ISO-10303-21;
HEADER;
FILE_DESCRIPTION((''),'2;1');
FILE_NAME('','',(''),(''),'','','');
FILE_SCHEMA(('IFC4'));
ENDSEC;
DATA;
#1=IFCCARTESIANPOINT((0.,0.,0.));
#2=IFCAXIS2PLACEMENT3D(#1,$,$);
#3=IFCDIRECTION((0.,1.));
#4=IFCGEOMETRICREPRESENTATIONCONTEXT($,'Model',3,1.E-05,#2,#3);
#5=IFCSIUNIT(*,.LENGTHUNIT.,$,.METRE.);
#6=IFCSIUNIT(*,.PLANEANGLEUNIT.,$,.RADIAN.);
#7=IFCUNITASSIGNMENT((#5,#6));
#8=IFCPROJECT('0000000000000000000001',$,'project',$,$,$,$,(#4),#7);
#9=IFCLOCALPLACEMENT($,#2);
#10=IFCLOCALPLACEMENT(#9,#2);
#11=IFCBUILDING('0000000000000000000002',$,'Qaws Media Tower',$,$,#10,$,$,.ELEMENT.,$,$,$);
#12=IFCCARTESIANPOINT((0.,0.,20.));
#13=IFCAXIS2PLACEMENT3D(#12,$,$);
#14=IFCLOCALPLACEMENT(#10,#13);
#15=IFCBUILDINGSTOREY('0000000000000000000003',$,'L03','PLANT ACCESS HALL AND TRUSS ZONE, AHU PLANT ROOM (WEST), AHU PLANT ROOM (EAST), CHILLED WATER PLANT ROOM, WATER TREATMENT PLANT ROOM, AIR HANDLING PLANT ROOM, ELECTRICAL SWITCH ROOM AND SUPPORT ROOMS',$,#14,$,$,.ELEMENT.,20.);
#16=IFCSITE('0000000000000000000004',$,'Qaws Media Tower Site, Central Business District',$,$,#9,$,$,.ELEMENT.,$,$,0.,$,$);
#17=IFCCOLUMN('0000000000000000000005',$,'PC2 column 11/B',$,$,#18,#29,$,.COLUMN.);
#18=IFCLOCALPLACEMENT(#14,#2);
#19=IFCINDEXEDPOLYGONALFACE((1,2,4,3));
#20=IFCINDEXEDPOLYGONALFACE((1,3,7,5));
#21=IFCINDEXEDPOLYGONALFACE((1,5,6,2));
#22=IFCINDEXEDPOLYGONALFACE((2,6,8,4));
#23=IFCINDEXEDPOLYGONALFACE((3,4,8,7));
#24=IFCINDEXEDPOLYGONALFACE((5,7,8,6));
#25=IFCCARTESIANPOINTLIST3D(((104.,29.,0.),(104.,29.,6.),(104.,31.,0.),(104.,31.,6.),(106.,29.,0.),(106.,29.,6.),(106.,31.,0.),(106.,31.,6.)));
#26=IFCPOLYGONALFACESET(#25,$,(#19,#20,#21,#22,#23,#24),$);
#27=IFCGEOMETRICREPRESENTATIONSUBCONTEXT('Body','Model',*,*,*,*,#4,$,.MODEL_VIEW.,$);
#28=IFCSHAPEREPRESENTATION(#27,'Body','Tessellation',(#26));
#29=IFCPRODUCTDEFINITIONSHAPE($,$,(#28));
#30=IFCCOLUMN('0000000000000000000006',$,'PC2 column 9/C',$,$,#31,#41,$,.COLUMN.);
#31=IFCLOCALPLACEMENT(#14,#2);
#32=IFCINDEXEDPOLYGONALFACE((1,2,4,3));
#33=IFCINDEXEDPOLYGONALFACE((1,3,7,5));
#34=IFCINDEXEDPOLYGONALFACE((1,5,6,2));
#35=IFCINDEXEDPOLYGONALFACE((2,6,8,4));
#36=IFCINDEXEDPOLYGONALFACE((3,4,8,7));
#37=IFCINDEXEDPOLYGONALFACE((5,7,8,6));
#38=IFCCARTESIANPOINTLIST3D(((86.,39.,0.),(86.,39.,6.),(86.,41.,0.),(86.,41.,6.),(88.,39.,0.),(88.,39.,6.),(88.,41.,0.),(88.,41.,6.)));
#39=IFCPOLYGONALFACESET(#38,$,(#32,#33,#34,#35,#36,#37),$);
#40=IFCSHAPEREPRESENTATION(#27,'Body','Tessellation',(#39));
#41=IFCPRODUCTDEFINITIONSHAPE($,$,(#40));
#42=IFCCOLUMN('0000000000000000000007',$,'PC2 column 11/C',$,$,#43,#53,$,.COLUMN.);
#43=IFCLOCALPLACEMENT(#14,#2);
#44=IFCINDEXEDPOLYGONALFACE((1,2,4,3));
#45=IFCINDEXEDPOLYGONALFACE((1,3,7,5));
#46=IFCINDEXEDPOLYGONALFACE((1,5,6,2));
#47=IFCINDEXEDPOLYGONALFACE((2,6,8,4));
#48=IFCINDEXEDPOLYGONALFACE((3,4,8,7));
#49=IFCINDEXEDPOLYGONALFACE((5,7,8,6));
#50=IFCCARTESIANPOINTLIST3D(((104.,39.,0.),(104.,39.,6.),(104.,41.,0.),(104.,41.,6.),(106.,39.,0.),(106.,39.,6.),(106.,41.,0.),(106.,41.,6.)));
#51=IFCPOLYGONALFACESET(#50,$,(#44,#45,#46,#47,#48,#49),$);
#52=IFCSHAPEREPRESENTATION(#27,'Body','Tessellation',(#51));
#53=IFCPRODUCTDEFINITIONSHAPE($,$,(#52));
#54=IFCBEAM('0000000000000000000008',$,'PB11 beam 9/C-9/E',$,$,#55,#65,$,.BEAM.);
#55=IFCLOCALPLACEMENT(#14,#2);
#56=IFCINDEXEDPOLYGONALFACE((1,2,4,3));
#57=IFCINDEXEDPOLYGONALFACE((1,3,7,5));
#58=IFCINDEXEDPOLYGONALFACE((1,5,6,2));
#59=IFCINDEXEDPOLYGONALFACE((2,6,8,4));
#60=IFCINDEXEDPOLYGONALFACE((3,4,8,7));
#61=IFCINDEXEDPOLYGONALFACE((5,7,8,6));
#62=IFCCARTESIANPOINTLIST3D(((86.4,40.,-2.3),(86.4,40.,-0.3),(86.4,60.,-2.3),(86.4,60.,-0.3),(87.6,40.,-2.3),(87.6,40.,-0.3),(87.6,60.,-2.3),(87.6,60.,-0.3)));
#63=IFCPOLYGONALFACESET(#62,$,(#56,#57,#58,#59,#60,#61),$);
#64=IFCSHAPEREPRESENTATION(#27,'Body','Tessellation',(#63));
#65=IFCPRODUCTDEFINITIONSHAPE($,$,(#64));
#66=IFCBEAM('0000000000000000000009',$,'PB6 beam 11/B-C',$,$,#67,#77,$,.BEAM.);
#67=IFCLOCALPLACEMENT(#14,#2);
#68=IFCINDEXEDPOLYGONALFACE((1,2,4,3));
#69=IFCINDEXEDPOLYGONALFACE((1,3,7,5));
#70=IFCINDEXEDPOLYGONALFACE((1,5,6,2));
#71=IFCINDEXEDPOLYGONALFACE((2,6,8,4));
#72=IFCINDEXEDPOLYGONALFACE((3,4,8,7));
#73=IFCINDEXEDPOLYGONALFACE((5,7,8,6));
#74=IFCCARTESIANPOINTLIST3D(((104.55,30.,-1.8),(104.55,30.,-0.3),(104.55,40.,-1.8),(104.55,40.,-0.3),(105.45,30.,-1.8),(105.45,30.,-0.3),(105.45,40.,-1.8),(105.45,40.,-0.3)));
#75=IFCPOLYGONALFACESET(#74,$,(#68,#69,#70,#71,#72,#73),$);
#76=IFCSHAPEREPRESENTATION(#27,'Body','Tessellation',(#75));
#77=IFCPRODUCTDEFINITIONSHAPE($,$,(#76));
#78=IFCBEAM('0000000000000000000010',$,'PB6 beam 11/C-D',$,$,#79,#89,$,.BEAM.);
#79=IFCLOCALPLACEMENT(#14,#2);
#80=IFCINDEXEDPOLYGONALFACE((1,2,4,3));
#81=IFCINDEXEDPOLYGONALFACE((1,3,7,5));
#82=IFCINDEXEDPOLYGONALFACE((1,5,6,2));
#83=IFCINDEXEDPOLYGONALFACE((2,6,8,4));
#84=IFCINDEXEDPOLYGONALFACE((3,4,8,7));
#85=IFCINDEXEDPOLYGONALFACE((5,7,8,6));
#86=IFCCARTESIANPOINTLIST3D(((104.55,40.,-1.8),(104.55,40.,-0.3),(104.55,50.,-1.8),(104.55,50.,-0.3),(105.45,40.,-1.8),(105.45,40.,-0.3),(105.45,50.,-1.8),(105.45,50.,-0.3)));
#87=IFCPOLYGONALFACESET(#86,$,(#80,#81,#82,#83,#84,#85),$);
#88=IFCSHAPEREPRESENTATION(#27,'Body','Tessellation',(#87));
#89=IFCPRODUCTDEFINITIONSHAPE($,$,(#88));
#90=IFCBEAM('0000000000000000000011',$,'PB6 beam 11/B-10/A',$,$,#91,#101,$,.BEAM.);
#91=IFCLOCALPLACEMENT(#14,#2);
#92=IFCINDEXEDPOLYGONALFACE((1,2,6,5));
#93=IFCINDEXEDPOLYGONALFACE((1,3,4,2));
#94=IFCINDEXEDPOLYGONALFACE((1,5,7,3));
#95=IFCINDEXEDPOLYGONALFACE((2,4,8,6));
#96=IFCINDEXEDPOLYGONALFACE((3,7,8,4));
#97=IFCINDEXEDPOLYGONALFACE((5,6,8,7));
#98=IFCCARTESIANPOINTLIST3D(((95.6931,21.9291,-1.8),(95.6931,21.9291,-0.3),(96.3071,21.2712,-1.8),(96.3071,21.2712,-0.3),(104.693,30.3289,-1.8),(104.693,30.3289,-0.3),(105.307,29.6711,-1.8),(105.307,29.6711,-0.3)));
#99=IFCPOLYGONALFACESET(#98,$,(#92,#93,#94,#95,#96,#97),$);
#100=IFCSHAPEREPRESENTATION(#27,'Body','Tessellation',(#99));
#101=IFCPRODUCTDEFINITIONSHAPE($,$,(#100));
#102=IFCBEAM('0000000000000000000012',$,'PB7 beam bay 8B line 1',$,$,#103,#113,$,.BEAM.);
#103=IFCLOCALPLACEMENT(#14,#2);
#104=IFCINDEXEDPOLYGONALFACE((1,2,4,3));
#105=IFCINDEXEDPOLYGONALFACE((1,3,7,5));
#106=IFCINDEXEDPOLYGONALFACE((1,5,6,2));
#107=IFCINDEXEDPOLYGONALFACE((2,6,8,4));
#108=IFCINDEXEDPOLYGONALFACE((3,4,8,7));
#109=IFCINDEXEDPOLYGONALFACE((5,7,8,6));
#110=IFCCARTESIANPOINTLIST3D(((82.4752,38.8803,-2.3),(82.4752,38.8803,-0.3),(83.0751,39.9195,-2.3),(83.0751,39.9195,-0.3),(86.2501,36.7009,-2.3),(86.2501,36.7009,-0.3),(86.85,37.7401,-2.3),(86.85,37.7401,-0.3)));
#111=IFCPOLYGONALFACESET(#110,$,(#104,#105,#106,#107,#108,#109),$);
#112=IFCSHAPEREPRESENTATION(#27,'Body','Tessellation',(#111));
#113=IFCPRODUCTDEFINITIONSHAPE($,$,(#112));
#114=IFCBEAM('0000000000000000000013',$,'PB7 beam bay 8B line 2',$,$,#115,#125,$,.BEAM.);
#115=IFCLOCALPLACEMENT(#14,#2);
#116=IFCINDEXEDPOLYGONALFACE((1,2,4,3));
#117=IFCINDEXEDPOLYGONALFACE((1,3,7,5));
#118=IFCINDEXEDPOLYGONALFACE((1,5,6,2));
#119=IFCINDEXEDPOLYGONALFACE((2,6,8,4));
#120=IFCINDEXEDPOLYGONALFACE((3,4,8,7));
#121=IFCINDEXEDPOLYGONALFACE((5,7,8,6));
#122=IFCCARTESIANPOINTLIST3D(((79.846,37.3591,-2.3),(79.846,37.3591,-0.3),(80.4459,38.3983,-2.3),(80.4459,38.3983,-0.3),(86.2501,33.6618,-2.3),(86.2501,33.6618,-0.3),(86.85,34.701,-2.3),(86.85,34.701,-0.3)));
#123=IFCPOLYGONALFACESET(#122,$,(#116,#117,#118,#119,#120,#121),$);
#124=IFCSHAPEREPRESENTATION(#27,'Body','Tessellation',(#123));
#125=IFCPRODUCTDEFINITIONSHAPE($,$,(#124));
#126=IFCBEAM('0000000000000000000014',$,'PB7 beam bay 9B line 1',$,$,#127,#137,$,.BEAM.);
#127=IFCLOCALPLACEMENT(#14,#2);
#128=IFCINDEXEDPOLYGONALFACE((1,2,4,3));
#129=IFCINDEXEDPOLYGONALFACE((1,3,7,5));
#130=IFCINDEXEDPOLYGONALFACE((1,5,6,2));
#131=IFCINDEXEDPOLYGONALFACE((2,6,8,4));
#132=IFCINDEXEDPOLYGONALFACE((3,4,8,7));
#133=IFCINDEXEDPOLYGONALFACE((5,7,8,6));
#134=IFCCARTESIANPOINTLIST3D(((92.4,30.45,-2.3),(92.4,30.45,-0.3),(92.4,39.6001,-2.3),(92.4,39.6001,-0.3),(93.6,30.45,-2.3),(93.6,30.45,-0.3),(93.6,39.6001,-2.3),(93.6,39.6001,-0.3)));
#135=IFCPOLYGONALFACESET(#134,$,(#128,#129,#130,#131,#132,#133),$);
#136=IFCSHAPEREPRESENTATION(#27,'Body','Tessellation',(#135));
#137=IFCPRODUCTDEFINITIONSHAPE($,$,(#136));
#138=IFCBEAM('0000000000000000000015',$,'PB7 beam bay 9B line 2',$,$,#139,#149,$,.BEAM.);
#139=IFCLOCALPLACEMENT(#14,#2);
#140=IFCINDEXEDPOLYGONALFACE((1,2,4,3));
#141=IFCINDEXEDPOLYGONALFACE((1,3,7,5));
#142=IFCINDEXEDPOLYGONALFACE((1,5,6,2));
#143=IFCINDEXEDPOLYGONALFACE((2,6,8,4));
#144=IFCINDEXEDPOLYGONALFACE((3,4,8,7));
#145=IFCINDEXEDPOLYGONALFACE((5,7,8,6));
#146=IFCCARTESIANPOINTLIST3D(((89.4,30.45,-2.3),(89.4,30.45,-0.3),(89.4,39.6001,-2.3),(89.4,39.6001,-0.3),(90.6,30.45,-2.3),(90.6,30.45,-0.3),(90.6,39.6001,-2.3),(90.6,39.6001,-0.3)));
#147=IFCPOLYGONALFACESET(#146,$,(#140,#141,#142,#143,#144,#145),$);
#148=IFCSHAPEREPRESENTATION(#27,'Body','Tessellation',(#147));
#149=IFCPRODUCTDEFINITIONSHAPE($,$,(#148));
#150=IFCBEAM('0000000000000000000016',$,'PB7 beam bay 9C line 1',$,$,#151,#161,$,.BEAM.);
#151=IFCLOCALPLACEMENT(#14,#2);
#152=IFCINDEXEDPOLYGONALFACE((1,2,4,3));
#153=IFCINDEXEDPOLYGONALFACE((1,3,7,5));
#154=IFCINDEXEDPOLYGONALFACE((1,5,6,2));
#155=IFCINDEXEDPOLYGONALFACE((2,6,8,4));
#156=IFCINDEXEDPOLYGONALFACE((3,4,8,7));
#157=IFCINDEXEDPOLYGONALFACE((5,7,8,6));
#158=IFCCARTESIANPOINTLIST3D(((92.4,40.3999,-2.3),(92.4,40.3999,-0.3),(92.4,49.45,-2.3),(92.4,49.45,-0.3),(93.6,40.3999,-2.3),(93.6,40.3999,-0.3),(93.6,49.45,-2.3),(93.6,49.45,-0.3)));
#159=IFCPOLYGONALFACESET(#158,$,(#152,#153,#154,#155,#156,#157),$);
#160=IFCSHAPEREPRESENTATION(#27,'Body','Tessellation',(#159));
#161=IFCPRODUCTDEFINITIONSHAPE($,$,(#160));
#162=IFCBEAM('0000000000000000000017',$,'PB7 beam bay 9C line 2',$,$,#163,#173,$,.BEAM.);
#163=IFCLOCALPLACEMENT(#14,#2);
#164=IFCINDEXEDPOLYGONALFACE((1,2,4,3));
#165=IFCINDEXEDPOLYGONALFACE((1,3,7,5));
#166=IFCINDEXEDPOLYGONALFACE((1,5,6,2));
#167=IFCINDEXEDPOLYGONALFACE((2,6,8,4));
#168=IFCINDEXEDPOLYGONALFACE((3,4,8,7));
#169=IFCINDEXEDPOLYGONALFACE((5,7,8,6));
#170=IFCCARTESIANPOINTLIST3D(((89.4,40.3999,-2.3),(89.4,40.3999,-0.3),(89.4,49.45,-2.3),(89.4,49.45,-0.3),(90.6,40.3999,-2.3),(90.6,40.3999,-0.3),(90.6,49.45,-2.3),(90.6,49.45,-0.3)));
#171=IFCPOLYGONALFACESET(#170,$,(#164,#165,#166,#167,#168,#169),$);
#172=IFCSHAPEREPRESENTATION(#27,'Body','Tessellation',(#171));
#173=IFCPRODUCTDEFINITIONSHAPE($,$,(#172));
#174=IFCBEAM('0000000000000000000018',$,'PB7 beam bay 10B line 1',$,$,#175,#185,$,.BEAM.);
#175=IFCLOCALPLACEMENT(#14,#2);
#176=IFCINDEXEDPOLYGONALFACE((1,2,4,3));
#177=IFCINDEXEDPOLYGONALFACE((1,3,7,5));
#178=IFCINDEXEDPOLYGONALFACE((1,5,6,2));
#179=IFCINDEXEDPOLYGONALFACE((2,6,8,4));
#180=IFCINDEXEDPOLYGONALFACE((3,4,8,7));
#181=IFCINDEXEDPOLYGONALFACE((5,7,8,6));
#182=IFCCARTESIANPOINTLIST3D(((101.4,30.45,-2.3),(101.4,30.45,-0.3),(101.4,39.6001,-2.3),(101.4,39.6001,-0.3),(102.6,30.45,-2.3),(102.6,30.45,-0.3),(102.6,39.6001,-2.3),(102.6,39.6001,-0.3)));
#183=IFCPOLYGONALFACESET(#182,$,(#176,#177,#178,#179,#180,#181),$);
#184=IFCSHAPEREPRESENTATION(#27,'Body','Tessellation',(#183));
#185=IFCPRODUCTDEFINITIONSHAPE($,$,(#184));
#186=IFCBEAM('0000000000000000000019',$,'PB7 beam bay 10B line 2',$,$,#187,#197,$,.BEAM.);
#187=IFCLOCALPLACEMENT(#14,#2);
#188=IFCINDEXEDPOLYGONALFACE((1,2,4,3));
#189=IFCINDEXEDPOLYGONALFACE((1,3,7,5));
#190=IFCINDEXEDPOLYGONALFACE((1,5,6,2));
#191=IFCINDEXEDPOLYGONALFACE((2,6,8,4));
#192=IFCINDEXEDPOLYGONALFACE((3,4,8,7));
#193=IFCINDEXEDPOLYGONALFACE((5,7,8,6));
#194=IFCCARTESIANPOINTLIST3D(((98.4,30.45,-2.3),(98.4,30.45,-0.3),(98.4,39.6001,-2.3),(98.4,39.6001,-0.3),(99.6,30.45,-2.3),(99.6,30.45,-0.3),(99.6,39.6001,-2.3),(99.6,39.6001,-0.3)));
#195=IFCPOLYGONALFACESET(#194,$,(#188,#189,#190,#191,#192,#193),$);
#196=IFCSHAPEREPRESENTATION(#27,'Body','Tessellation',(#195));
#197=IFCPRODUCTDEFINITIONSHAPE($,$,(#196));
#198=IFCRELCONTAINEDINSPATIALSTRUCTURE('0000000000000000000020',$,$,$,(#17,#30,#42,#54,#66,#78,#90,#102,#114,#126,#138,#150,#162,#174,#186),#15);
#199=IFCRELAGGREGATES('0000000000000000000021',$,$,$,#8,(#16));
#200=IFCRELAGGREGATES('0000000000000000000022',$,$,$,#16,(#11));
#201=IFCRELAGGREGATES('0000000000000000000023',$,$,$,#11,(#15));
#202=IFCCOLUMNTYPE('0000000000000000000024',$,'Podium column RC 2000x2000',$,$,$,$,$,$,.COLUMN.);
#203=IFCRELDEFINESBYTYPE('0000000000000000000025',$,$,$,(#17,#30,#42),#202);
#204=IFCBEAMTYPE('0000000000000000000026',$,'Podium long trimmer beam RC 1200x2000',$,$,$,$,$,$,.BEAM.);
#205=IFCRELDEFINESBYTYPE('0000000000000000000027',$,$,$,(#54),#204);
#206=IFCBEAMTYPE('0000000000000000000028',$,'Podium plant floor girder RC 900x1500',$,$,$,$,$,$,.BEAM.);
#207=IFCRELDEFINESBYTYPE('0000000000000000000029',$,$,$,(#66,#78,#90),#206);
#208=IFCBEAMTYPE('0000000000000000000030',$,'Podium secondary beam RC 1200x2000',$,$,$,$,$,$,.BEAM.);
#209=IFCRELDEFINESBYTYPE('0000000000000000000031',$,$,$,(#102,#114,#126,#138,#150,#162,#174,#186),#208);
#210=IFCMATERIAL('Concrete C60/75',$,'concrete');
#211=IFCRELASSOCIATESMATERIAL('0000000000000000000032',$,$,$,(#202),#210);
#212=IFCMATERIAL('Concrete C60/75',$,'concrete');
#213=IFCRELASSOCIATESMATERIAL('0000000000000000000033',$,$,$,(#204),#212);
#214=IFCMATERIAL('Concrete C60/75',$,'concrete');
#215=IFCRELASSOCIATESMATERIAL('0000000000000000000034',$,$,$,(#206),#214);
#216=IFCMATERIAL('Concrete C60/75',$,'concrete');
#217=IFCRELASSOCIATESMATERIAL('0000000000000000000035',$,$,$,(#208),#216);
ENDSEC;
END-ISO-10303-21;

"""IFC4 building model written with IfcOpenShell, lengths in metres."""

from ifc_helpers import new_model, si_unit, direction, frame, origin, origin_2d, place, context, subcontext, project, spatial, rectangle, extrude, material, material_profile, profile_set, type_object, element, save


model = new_model("IFC4")

# Units and contexts
model_context = context("Model", 3, precision=1e-05, world=origin(), true_north=direction((0.0, 1.0)))
body_context = subcontext(model_context, "Body", "Model", "MODEL_VIEW")
ifc_project = project(units=[si_unit("LENGTHUNIT", "METRE"), si_unit("PLANEANGLEUNIT", "RADIAN")], contexts=[model_context])

# Site, building, storey
site_placement = place(None, origin())
site = spatial("IfcSite", under=ifc_project, at=site_placement, Name="Qaws Media Tower Site, Central Business District", CompositionType="ELEMENT", RefElevation=0.0)
building_placement = place(site_placement, origin())
building = spatial("IfcBuilding", under=site, at=building_placement, Name="Qaws Media Tower", CompositionType="ELEMENT")
storey_placement = place(building_placement, frame((0.0, 0.0, 20.0)))
storey = spatial("IfcBuildingStorey", under=building, at=storey_placement, Name="L03", Description="PLANT ACCESS HALL AND TRUSS ZONE, AHU PLANT ROOM (WEST), AHU PLANT ROOM (EAST), CHILLED WATER PLANT ROOM, WATER TREATMENT PLANT ROOM, AIR HANDLING PLANT ROOM, ELECTRICAL SWITCH ROOM AND SUPPORT ROOMS", CompositionType="ELEMENT", Elevation=20.0)

# Columns
ifc_material_1 = material(Name="Concrete C60/75", Category="concrete")
ifc_material_profile_1 = material_profile(ifc_material_1, rectangle(XDim=2.0, YDim=2.0, at=origin_2d()), Name="RC 2000x2000")
ifc_profile_set_1 = profile_set([ifc_material_profile_1], Name="Concrete C60/75")
column_type = type_object("IfcColumnType", Name="Podium column RC 2000x2000", PredefinedType="COLUMN", material=ifc_profile_set_1)
for number, where, z_axis, x_axis, name in (
    (1, (105.0, 30.0, 0.0), (0.0, 0.0, 1.0), (1.0, 0.0, 0.0), "PC2 column 11/B"),
    (2, (87.0, 40.0, 0.0), (0.0, 0.0, 1.0), (1.0, 0.0, 0.0), "PC2 column 9/C"),
    (3, (105.0, 40.0, 0.0), (0.0, 0.0, 1.0), (1.0, 0.0, 0.0), "PC2 column 11/C"),
):
    element("IfcColumn", number, at=place(storey_placement, frame(where, z_axis=z_axis, x_axis=x_axis)), inside=storey, type_object=column_type, Name=name, PredefinedType="COLUMN", context=body_context, shape_type="SweptSolid", body=[
        extrude(rectangle(XDim=2.0, YDim=2.0, at=origin_2d()), origin(), (0.0, 0.0, 1.0), 6.0),
    ])

# Beams
ifc_material_2 = material(Name="Concrete C60/75", Category="concrete")
ifc_material_profile_2 = material_profile(ifc_material_2, rectangle(XDim=1.2, YDim=2.0, at=origin_2d()), Name="RC 1200x2000")
ifc_profile_set_2 = profile_set([ifc_material_profile_2], Name="Concrete C60/75")
beam_type_1 = type_object("IfcBeamType", Name="Podium long trimmer beam RC 1200x2000", PredefinedType="BEAM", material=ifc_profile_set_2)
beam_1_placement = place(storey_placement, frame((87.0, 40.0, -1.3), z_axis=(0.0, 1.0, 0.0), x_axis=(-1.0, 0.0, 0.0)))
element("IfcBeam", 4, at=beam_1_placement, inside=storey, type_object=beam_type_1, Name="PB11 beam 9/C-9/E", PredefinedType="BEAM", context=body_context, shape_type="SweptSolid", body=[
    extrude(rectangle(XDim=1.2, YDim=2.0, at=origin_2d()), origin(), (0.0, 0.0, 1.0), 20.0),
])
ifc_material_3 = material(Name="Concrete C60/75", Category="concrete")
ifc_material_profile_3 = material_profile(ifc_material_3, rectangle(XDim=0.8999, YDim=1.5, at=origin_2d()), Name="RC 900x1500")
ifc_profile_set_3 = profile_set([ifc_material_profile_3], Name="Concrete C60/75")
beam_type_2 = type_object("IfcBeamType", Name="Podium plant floor girder RC 900x1500", PredefinedType="BEAM", material=ifc_profile_set_3)
for number, where, z_axis, x_axis, name in (
    (5, (105.0, 30.0, -1.05), (0.0, 1.0, 0.0), (-1.0, 0.0, 0.0), "PB6 beam 11/B-C"),
    (6, (105.0, 40.0, -1.05), (0.0, 1.0, 0.0), (-1.0, 0.0, 0.0), "PB6 beam 11/C-D"),
):
    element("IfcBeam", number, at=place(storey_placement, frame(where, z_axis=z_axis, x_axis=x_axis)), inside=storey, type_object=beam_type_2, Name=name, PredefinedType="BEAM", context=body_context, shape_type="SweptSolid", body=[
        extrude(rectangle(XDim=0.8999, YDim=1.5, at=origin_2d()), origin(), (0.0, 0.0, 1.0), 10.0),
    ])
beam_2_placement = place(storey_placement, frame((105.0, 30.0, -1.05), z_axis=(-0.731059, -0.682314, 0.0), x_axis=(0.682314, -0.731059, 0.0)))
element("IfcBeam", 7, at=beam_2_placement, inside=storey, type_object=beam_type_2, Name="PB6 beam 11/B-10/A", PredefinedType="BEAM", context=body_context, shape_type="SweptSolid", body=[
    extrude(rectangle(XDim=0.8999, YDim=1.5, at=origin_2d()), origin(), (0.0, 0.0, 1.0), 12.3108),
])
ifc_material_4 = material(Name="Concrete C60/75", Category="concrete")
ifc_material_profile_4 = material_profile(ifc_material_4, rectangle(XDim=1.2, YDim=2.0, at=origin_2d()), Name="RC 1200x2000")
ifc_profile_set_4 = profile_set([ifc_material_profile_4], Name="Concrete C60/75")
beam_type_3 = type_object("IfcBeamType", Name="Podium secondary beam RC 1200x2000", PredefinedType="BEAM", material=ifc_profile_set_4)
beam_3_placement = place(storey_placement, frame((86.55, 37.2205, -1.3), z_axis=(-0.866025, 0.5, 0.0), x_axis=(-0.5, -0.866025, 0.0)))
element("IfcBeam", 8, at=beam_3_placement, inside=storey, type_object=beam_type_3, Name="PB7 beam bay 8B line 1", PredefinedType="BEAM", context=body_context, shape_type="SweptSolid", body=[
    extrude(rectangle(XDim=1.2, YDim=2.0, at=origin_2d()), origin(), (0.0, 0.0, 1.0), 4.3589),
])
beam_4_placement = place(storey_placement, frame((86.55, 34.1814, -1.3), z_axis=(-0.866032, 0.499988, 0.0), x_axis=(-0.499988, -0.866032, 0.0)))
element("IfcBeam", 9, at=beam_4_placement, inside=storey, type_object=beam_type_3, Name="PB7 beam bay 8B line 2", PredefinedType="BEAM", context=body_context, shape_type="SweptSolid", body=[
    extrude(rectangle(XDim=1.2, YDim=2.0, at=origin_2d()), origin(), (0.0, 0.0, 1.0), 7.3948),
])
for number, where, z_axis, x_axis, name in (
    (10, (93.0, 30.45, -1.3), (0.0, 1.0, 0.0), (-1.0, 0.0, 0.0), "PB7 beam bay 9B line 1"),
    (11, (90.0, 30.45, -1.3), (0.0, 1.0, 0.0), (-1.0, 0.0, 0.0), "PB7 beam bay 9B line 2"),
):
    element("IfcBeam", number, at=place(storey_placement, frame(where, z_axis=z_axis, x_axis=x_axis)), inside=storey, type_object=beam_type_3, Name=name, PredefinedType="BEAM", context=body_context, shape_type="SweptSolid", body=[
        extrude(rectangle(XDim=1.2, YDim=2.0, at=origin_2d()), origin(), (0.0, 0.0, 1.0), 9.1501),
    ])
for number, where, z_axis, x_axis, name in (
    (12, (93.0, 40.3999, -1.3), (0.0, 1.0, 0.0), (-1.0, 0.0, 0.0), "PB7 beam bay 9C line 1"),
    (13, (90.0, 40.3999, -1.3), (0.0, 1.0, 0.0), (-1.0, 0.0, 0.0), "PB7 beam bay 9C line 2"),
):
    element("IfcBeam", number, at=place(storey_placement, frame(where, z_axis=z_axis, x_axis=x_axis)), inside=storey, type_object=beam_type_3, Name=name, PredefinedType="BEAM", context=body_context, shape_type="SweptSolid", body=[
        extrude(rectangle(XDim=1.2, YDim=2.0, at=origin_2d()), origin(), (0.0, 0.0, 1.0), 9.05),
    ])
for number, where, z_axis, x_axis, name in (
    (14, (102.0, 30.45, -1.3), (0.0, 1.0, 0.0), (-1.0, 0.0, 0.0), "PB7 beam bay 10B line 1"),
    (15, (99.0, 30.45, -1.3), (0.0, 1.0, 0.0), (-1.0, 0.0, 0.0), "PB7 beam bay 10B line 2"),
):
    element("IfcBeam", number, at=place(storey_placement, frame(where, z_axis=z_axis, x_axis=x_axis)), inside=storey, type_object=beam_type_3, Name=name, PredefinedType="BEAM", context=body_context, shape_type="SweptSolid", body=[
        extrude(rectangle(XDim=1.2, YDim=2.0, at=origin_2d()), origin(), (0.0, 0.0, 1.0), 9.1501),
    ])

save(model, "model.ifc")
